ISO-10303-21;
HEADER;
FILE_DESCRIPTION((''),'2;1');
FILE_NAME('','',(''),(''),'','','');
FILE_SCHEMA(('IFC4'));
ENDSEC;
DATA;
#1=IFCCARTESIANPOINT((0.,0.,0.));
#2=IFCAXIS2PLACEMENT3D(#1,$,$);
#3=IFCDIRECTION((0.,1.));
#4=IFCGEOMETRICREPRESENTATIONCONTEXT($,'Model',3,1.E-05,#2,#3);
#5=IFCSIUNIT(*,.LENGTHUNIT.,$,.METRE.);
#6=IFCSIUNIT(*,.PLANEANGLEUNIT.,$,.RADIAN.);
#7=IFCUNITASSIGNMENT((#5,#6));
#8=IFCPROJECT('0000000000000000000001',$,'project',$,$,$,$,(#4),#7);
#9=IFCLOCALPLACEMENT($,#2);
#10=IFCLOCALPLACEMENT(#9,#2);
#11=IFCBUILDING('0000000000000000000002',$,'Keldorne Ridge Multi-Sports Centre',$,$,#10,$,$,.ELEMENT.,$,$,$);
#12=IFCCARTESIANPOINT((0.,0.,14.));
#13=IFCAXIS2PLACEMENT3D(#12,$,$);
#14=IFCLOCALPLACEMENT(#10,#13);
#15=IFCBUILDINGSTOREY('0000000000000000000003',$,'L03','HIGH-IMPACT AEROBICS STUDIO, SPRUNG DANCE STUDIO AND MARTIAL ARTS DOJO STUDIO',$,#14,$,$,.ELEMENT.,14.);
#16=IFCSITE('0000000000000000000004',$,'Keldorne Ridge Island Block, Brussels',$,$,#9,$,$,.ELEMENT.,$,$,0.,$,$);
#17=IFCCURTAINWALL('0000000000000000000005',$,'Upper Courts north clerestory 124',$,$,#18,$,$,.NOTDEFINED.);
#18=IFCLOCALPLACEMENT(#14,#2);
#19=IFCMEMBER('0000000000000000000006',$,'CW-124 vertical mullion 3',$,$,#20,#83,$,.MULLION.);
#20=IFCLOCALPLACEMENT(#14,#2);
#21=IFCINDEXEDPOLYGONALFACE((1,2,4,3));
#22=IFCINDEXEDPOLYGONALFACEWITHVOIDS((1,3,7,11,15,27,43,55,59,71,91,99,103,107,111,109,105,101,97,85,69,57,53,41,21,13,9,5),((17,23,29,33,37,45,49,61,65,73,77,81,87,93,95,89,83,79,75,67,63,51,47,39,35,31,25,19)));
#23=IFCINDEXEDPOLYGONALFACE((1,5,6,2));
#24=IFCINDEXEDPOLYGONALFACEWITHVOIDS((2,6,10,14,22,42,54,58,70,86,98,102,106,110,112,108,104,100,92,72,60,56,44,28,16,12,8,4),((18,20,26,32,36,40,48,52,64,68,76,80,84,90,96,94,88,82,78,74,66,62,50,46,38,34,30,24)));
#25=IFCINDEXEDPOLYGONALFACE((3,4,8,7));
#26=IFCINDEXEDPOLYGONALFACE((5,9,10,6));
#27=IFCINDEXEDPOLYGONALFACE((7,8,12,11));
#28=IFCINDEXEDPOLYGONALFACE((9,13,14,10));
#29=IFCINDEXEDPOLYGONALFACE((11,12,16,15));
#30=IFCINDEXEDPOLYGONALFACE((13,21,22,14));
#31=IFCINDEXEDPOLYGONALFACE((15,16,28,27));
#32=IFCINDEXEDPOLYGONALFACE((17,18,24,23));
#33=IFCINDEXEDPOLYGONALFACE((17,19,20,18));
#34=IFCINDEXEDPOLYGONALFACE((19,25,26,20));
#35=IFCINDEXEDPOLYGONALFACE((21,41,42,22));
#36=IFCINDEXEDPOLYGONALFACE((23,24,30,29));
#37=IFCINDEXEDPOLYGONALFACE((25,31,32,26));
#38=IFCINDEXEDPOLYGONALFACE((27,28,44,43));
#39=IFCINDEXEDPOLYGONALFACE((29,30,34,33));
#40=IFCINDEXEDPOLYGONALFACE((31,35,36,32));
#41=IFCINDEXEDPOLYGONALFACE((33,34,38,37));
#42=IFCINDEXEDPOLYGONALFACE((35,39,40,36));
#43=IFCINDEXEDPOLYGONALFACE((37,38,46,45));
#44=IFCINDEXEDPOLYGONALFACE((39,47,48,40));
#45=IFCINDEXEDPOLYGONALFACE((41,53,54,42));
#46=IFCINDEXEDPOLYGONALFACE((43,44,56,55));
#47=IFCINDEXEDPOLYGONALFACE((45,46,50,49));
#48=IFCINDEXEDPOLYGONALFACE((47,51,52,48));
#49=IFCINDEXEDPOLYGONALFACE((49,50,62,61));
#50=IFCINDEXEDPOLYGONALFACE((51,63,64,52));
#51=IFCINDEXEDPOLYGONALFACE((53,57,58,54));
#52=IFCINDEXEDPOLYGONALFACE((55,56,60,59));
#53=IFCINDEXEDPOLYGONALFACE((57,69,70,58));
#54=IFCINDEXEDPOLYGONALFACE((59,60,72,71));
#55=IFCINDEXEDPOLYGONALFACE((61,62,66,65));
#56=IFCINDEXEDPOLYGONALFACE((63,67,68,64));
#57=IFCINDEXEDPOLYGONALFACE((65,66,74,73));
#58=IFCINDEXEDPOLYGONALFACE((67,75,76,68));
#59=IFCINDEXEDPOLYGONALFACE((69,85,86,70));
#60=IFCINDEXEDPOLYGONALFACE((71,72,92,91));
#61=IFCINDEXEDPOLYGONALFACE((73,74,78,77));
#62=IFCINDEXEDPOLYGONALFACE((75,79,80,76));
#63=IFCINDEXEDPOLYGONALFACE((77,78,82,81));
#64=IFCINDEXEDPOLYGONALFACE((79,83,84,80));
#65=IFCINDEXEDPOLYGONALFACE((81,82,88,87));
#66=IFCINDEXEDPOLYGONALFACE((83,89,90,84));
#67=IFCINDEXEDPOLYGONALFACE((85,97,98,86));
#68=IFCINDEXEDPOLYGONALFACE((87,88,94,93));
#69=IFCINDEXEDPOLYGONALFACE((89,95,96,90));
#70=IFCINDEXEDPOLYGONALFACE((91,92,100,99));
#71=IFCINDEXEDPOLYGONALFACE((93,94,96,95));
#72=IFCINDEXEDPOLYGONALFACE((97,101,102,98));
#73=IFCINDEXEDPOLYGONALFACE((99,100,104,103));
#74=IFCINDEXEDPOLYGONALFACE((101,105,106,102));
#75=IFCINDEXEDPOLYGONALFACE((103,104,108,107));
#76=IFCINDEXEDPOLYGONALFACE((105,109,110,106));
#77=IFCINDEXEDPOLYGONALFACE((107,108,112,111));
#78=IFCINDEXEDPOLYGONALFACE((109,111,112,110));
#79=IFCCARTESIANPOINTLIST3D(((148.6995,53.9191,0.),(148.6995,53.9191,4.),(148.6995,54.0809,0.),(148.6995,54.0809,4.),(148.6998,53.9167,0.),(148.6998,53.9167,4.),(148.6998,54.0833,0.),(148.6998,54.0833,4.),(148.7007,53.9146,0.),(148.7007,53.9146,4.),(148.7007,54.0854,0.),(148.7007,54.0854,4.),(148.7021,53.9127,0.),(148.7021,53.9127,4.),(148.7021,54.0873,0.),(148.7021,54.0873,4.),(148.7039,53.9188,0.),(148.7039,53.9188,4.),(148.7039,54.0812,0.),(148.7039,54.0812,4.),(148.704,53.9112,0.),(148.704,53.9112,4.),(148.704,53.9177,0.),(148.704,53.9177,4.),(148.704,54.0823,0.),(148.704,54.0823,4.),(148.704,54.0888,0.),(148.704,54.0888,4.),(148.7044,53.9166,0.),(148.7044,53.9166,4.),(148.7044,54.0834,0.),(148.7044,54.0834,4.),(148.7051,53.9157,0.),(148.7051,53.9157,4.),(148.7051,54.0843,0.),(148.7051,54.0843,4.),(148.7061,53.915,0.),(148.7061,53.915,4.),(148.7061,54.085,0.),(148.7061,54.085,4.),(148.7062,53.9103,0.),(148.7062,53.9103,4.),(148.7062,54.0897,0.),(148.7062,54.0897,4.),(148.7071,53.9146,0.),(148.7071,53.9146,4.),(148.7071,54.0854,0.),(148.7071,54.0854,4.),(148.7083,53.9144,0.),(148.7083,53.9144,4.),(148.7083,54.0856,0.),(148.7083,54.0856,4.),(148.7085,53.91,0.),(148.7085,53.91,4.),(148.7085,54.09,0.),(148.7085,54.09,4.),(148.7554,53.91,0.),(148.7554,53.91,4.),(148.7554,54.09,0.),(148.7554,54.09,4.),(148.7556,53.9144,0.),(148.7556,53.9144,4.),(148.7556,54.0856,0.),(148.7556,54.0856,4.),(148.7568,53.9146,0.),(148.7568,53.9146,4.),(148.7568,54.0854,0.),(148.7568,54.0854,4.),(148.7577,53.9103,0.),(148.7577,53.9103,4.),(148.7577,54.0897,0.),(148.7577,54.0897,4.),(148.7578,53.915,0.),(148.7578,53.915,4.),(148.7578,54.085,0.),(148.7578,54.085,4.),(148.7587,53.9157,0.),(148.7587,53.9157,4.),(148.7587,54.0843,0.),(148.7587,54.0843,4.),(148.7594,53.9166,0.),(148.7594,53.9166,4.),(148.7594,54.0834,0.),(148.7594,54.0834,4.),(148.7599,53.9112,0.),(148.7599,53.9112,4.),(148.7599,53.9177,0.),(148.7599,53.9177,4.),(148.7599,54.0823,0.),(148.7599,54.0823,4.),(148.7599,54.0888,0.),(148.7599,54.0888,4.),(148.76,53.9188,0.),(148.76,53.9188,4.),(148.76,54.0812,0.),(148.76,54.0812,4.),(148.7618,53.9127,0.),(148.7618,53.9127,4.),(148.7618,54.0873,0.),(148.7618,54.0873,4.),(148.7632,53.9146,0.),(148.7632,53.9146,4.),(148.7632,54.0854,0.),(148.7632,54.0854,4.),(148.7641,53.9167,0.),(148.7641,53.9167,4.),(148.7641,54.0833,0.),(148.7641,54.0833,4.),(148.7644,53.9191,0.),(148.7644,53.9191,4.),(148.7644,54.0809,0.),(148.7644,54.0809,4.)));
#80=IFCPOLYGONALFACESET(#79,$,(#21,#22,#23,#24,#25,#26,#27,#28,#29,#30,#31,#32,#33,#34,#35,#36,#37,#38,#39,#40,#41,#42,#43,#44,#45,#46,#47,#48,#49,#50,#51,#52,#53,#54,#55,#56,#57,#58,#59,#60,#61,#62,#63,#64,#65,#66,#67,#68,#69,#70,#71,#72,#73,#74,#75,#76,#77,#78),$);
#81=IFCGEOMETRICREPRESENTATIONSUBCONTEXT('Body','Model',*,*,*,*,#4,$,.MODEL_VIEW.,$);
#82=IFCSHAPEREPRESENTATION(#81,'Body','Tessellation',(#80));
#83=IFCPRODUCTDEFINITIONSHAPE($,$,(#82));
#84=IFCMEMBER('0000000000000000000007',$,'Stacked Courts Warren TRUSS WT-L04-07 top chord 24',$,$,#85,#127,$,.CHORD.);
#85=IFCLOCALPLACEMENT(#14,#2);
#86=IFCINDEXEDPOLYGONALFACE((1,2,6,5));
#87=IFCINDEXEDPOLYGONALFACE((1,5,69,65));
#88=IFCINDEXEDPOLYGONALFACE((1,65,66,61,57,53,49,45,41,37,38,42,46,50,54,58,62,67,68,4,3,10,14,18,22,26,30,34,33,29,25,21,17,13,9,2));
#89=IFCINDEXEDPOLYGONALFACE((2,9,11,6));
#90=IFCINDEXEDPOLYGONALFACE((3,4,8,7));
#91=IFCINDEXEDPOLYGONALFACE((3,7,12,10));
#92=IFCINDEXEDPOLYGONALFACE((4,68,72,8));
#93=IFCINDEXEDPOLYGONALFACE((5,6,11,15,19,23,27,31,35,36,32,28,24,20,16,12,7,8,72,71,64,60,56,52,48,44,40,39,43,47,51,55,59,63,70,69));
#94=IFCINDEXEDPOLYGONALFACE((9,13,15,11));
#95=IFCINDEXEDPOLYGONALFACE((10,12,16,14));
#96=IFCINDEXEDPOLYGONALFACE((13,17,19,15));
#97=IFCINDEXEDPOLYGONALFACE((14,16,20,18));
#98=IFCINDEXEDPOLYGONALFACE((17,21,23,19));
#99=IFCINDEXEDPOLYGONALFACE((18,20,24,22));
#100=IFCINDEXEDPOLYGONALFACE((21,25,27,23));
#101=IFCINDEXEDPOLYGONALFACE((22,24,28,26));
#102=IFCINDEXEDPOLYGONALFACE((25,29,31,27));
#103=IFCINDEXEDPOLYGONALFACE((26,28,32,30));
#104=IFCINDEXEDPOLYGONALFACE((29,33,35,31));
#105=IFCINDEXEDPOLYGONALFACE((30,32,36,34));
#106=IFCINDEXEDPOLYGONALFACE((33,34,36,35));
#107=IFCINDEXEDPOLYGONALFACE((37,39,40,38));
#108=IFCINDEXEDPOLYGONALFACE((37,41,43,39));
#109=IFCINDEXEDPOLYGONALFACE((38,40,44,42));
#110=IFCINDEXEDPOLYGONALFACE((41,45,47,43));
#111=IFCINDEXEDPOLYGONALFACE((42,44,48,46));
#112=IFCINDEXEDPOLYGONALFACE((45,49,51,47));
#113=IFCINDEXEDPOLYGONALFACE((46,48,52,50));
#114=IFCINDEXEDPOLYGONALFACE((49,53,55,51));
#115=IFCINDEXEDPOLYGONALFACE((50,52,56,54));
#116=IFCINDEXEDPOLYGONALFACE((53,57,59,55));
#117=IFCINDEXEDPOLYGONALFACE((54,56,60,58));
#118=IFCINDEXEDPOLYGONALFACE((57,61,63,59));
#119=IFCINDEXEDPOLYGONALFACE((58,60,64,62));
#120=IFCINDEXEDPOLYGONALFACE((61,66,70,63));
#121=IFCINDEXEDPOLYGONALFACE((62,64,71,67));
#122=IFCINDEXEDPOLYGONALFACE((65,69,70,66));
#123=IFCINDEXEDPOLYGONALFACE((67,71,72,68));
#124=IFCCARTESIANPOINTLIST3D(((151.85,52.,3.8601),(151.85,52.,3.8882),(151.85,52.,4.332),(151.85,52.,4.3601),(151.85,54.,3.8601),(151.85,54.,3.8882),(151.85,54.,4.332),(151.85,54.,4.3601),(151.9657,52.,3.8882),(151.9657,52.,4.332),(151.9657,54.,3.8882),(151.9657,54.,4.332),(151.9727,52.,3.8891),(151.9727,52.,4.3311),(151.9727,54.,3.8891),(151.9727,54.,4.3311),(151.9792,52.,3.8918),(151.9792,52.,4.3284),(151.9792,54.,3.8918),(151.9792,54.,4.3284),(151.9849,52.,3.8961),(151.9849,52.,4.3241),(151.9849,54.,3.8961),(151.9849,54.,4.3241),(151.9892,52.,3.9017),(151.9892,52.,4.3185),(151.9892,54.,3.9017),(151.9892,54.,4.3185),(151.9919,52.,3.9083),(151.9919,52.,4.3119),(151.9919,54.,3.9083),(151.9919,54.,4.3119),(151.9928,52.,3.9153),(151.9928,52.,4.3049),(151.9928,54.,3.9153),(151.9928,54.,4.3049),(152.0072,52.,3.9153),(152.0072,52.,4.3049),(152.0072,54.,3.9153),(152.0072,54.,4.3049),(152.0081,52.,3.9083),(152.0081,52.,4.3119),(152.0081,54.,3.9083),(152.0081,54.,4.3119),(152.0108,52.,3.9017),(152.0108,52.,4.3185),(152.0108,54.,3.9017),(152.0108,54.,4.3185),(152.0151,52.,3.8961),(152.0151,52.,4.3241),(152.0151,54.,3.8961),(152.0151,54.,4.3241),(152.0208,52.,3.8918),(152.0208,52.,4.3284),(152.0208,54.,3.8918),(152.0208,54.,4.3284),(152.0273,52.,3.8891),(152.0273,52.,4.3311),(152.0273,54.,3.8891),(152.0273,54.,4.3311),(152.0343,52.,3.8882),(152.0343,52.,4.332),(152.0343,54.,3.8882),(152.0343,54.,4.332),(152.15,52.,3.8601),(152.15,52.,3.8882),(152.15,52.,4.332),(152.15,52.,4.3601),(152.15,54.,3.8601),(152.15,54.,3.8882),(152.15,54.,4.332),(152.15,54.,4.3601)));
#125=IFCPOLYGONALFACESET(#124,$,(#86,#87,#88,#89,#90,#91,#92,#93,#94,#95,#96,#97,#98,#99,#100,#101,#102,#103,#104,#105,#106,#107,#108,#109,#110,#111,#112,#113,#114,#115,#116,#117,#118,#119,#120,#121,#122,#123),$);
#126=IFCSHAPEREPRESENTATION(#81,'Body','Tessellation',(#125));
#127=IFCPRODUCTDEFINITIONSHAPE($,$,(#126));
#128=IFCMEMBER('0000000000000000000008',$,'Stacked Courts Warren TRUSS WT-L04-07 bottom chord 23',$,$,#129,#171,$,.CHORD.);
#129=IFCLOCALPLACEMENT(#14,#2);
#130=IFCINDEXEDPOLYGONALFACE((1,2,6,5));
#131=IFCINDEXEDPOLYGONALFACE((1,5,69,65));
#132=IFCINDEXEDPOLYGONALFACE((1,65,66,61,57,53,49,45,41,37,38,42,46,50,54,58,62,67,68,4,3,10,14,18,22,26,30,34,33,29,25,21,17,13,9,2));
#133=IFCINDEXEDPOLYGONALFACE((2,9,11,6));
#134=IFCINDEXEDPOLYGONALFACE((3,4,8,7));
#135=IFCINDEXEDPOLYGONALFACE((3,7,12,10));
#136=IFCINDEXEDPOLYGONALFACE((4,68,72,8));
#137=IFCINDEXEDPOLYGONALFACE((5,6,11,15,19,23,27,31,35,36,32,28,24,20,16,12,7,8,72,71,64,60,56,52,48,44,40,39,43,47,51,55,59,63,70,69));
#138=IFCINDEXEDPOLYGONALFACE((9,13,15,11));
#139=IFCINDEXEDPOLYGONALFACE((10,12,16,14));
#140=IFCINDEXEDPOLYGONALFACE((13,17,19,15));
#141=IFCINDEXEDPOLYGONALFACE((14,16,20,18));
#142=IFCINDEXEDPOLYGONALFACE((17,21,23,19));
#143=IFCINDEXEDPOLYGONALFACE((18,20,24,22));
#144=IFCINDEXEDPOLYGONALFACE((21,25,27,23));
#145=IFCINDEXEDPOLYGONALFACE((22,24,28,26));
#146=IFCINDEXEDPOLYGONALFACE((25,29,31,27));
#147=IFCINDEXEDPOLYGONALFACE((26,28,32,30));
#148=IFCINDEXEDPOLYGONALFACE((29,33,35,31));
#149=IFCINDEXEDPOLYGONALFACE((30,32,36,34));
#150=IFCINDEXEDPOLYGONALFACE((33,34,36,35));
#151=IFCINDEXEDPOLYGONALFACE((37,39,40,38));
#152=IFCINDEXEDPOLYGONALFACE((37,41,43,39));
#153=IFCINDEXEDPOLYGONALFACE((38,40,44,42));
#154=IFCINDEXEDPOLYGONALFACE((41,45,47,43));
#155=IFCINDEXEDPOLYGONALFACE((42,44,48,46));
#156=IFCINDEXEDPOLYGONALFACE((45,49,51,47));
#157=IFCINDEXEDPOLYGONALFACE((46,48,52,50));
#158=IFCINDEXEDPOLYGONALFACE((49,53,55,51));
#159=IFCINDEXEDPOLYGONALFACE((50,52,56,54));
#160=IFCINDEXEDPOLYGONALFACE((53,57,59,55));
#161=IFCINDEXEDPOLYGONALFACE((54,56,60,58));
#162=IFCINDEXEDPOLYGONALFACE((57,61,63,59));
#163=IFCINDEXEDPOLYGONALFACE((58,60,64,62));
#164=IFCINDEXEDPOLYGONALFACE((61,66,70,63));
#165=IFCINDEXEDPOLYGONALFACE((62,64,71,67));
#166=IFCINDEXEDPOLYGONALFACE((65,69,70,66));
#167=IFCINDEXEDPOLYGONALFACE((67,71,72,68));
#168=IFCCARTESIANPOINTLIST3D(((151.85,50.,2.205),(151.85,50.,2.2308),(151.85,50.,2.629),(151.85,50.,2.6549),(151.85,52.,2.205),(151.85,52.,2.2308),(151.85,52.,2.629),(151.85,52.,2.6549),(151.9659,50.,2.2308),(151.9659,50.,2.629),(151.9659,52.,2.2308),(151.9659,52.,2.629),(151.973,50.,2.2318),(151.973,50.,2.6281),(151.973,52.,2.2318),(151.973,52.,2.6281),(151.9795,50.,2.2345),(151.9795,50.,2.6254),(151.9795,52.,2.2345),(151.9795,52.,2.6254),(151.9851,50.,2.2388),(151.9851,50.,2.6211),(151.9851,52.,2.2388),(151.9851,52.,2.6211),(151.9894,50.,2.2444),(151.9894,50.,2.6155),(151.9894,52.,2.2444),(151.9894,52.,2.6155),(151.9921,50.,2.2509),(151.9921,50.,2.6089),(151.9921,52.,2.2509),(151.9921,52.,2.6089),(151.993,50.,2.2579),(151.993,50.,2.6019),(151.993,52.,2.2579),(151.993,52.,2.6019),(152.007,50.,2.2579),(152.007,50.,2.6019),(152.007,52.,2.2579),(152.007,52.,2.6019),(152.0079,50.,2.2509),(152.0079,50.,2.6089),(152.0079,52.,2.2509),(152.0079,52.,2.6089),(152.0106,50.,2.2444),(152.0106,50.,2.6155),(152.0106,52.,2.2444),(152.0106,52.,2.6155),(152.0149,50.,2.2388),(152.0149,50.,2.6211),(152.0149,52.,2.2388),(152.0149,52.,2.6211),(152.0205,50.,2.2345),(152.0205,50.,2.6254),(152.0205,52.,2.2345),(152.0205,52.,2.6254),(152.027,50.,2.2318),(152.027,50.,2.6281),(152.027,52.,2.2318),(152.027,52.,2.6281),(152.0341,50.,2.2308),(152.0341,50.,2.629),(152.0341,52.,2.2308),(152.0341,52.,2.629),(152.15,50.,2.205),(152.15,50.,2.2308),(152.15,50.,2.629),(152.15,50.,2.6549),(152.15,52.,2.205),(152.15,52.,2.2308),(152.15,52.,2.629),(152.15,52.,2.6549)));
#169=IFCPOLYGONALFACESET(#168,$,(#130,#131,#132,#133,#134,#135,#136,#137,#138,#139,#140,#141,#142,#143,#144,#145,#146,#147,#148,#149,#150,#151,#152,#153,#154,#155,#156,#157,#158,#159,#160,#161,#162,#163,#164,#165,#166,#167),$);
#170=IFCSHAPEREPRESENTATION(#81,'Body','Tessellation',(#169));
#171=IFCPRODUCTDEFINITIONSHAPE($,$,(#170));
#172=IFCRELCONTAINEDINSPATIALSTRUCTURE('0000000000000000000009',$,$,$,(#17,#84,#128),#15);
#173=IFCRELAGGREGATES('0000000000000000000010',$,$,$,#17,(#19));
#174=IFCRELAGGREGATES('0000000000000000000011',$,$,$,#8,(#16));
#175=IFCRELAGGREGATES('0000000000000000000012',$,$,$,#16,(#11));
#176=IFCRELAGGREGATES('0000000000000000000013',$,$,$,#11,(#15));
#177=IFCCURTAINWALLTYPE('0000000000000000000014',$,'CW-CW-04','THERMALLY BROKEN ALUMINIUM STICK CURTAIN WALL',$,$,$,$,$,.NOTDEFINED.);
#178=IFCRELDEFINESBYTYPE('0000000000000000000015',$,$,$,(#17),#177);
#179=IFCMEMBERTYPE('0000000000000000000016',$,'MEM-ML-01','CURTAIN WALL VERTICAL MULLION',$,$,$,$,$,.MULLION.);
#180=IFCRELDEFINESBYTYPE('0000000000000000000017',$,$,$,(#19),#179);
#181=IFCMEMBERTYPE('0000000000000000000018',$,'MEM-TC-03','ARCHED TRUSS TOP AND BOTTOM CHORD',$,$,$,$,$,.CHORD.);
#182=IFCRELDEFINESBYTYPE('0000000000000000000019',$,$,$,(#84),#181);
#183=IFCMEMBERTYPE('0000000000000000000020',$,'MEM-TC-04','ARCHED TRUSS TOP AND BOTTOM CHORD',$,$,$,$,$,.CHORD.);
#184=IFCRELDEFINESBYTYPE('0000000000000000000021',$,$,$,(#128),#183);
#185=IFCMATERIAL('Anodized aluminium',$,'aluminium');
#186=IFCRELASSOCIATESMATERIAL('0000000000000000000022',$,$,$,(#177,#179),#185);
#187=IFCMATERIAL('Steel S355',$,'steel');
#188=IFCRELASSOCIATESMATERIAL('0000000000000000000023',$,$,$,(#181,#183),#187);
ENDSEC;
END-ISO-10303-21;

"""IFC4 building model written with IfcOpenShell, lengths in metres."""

from ifc_helpers import new_model, si_unit, direction, frame, origin, origin_2d, place, context, subcontext, project, spatial, hollow_rectangle, i_section, extrude, material, material_profile, profile_set, type_object, element, aggregate, save


model = new_model("IFC4")

# Units and contexts
model_context = context("Model", 3, precision=1e-05, world=origin(), true_north=direction((0.0, 1.0)))
body_context = subcontext(model_context, "Body", "Model", "MODEL_VIEW")
ifc_project = project(units=[si_unit("LENGTHUNIT", "METRE"), si_unit("PLANEANGLEUNIT", "RADIAN")], contexts=[model_context])

# Site, building, storey
site_placement = place(None, origin())
site = spatial("IfcSite", under=ifc_project, at=site_placement, Name="Keldorne Ridge Island Block, Brussels", CompositionType="ELEMENT", RefElevation=0.0)
building_placement = place(site_placement, origin())
building = spatial("IfcBuilding", under=site, at=building_placement, Name="Keldorne Ridge Multi-Sports Centre", CompositionType="ELEMENT")
storey_placement = place(building_placement, frame((0.0, 0.0, 14.0)))
storey = spatial("IfcBuildingStorey", under=building, at=storey_placement, Name="L03", Description="HIGH-IMPACT AEROBICS STUDIO, SPRUNG DANCE STUDIO AND MARTIAL ARTS DOJO STUDIO", CompositionType="ELEMENT", Elevation=14.0)

# Curtain wall, member
ifc_material_1 = material(Name="Anodized aluminium", Category="aluminium")
curtain_wall_type = type_object("IfcCurtainWallType", Name="CW-CW-04", Description="THERMALLY BROKEN ALUMINIUM STICK CURTAIN WALL", PredefinedType="NOTDEFINED", material=ifc_material_1)
curtain_wall_placement = place(storey_placement, origin())
curtain_wall = element("IfcCurtainWall", 1, at=curtain_wall_placement, inside=storey, type_object=curtain_wall_type, Name="Upper Courts north clerestory 124", PredefinedType="NOTDEFINED")
ifc_material_profile_1 = material_profile(ifc_material_1, hollow_rectangle(XDim=0.0649, YDim=0.1799, WallThickness=0.0044, InnerFilletRadius=0.0044, OuterFilletRadius=0.009, at=origin_2d()), Name="ALU MULLION 180x65x4.5")
ifc_profile_set_1 = profile_set([ifc_material_profile_1], Name="Anodized aluminium")
member_type_1 = type_object("IfcMemberType", Name="MEM-ML-01", Description="CURTAIN WALL VERTICAL MULLION", PredefinedType="MULLION", material=ifc_profile_set_1)
member_1_placement = place(storey_placement, frame((148.7319, 54.0, 0.0), z_axis=(0.0, 0.0, 1.0), x_axis=(1.0, 0.0, 0.0)))
member_1 = element("IfcMember", 2, at=member_1_placement, type_object=member_type_1, Name="CW-124 vertical mullion 3", PredefinedType="MULLION", context=body_context, shape_type="SweptSolid", body=[
    extrude(hollow_rectangle(XDim=0.0649, YDim=0.1799, WallThickness=0.0044, InnerFilletRadius=0.0044, OuterFilletRadius=0.009, at=origin_2d()), origin(), (0.0, 0.0, 1.0), 4.0),
])

# Members
ifc_material_2 = material(Name="Steel S355", Category="steel")
ifc_material_profile_2 = material_profile(ifc_material_2, i_section(OverallWidth=0.3, OverallDepth=0.5, WebThickness=0.0144, FlangeThickness=0.0281, FilletRadius=0.0271, at=origin_2d()), Name="HEB 500")
ifc_profile_set_2 = profile_set([ifc_material_profile_2], Name="Steel S355")
member_type_2 = type_object("IfcMemberType", Name="MEM-TC-03", Description="ARCHED TRUSS TOP AND BOTTOM CHORD", PredefinedType="CHORD", material=ifc_profile_set_2)
member_2_placement = place(storey_placement, frame((152.0, 52.0, 4.1101), z_axis=(0.0, 1.0, 0.0), x_axis=(-1.0, 0.0, 0.0)))
element("IfcMember", 3, at=member_2_placement, inside=storey, type_object=member_type_2, Name="Stacked Courts Warren TRUSS WT-L04-07 top chord 24", PredefinedType="CHORD", context=body_context, shape_type="SweptSolid", body=[
    extrude(i_section(OverallWidth=0.3, OverallDepth=0.5, WebThickness=0.0144, FlangeThickness=0.0281, FilletRadius=0.0271, at=origin_2d()), origin(), (0.0, 0.0, 1.0), 2.0),
])
ifc_material_profile_3 = material_profile(ifc_material_2, i_section(OverallWidth=0.3, OverallDepth=0.45, WebThickness=0.0139, FlangeThickness=0.0259, FilletRadius=0.0271, at=origin_2d()), Name="HEB 450")
ifc_profile_set_3 = profile_set([ifc_material_profile_3], Name="Steel S355")
member_type_3 = type_object("IfcMemberType", Name="MEM-TC-04", Description="ARCHED TRUSS TOP AND BOTTOM CHORD", PredefinedType="CHORD", material=ifc_profile_set_3)
for number, where, z_axis, x_axis, name in (
    (4, (152.0, 50.0, 2.4299), (0.0, 1.0, 0.0), (-1.0, 0.0, 0.0), "Stacked Courts Warren TRUSS WT-L04-07 bottom chord 23"),
):
    element("IfcMember", number, at=place(storey_placement, frame(where, z_axis=z_axis, x_axis=x_axis)), inside=storey, type_object=member_type_3, Name=name, PredefinedType="CHORD", context=body_context, shape_type="SweptSolid", body=[
        extrude(i_section(OverallWidth=0.3, OverallDepth=0.45, WebThickness=0.0139, FlangeThickness=0.0259, FilletRadius=0.0271, at=origin_2d()), origin(), (0.0, 0.0, 1.0), 2.0),
    ])

aggregate(curtain_wall, [member_1])

save(model, "model.ifc")
